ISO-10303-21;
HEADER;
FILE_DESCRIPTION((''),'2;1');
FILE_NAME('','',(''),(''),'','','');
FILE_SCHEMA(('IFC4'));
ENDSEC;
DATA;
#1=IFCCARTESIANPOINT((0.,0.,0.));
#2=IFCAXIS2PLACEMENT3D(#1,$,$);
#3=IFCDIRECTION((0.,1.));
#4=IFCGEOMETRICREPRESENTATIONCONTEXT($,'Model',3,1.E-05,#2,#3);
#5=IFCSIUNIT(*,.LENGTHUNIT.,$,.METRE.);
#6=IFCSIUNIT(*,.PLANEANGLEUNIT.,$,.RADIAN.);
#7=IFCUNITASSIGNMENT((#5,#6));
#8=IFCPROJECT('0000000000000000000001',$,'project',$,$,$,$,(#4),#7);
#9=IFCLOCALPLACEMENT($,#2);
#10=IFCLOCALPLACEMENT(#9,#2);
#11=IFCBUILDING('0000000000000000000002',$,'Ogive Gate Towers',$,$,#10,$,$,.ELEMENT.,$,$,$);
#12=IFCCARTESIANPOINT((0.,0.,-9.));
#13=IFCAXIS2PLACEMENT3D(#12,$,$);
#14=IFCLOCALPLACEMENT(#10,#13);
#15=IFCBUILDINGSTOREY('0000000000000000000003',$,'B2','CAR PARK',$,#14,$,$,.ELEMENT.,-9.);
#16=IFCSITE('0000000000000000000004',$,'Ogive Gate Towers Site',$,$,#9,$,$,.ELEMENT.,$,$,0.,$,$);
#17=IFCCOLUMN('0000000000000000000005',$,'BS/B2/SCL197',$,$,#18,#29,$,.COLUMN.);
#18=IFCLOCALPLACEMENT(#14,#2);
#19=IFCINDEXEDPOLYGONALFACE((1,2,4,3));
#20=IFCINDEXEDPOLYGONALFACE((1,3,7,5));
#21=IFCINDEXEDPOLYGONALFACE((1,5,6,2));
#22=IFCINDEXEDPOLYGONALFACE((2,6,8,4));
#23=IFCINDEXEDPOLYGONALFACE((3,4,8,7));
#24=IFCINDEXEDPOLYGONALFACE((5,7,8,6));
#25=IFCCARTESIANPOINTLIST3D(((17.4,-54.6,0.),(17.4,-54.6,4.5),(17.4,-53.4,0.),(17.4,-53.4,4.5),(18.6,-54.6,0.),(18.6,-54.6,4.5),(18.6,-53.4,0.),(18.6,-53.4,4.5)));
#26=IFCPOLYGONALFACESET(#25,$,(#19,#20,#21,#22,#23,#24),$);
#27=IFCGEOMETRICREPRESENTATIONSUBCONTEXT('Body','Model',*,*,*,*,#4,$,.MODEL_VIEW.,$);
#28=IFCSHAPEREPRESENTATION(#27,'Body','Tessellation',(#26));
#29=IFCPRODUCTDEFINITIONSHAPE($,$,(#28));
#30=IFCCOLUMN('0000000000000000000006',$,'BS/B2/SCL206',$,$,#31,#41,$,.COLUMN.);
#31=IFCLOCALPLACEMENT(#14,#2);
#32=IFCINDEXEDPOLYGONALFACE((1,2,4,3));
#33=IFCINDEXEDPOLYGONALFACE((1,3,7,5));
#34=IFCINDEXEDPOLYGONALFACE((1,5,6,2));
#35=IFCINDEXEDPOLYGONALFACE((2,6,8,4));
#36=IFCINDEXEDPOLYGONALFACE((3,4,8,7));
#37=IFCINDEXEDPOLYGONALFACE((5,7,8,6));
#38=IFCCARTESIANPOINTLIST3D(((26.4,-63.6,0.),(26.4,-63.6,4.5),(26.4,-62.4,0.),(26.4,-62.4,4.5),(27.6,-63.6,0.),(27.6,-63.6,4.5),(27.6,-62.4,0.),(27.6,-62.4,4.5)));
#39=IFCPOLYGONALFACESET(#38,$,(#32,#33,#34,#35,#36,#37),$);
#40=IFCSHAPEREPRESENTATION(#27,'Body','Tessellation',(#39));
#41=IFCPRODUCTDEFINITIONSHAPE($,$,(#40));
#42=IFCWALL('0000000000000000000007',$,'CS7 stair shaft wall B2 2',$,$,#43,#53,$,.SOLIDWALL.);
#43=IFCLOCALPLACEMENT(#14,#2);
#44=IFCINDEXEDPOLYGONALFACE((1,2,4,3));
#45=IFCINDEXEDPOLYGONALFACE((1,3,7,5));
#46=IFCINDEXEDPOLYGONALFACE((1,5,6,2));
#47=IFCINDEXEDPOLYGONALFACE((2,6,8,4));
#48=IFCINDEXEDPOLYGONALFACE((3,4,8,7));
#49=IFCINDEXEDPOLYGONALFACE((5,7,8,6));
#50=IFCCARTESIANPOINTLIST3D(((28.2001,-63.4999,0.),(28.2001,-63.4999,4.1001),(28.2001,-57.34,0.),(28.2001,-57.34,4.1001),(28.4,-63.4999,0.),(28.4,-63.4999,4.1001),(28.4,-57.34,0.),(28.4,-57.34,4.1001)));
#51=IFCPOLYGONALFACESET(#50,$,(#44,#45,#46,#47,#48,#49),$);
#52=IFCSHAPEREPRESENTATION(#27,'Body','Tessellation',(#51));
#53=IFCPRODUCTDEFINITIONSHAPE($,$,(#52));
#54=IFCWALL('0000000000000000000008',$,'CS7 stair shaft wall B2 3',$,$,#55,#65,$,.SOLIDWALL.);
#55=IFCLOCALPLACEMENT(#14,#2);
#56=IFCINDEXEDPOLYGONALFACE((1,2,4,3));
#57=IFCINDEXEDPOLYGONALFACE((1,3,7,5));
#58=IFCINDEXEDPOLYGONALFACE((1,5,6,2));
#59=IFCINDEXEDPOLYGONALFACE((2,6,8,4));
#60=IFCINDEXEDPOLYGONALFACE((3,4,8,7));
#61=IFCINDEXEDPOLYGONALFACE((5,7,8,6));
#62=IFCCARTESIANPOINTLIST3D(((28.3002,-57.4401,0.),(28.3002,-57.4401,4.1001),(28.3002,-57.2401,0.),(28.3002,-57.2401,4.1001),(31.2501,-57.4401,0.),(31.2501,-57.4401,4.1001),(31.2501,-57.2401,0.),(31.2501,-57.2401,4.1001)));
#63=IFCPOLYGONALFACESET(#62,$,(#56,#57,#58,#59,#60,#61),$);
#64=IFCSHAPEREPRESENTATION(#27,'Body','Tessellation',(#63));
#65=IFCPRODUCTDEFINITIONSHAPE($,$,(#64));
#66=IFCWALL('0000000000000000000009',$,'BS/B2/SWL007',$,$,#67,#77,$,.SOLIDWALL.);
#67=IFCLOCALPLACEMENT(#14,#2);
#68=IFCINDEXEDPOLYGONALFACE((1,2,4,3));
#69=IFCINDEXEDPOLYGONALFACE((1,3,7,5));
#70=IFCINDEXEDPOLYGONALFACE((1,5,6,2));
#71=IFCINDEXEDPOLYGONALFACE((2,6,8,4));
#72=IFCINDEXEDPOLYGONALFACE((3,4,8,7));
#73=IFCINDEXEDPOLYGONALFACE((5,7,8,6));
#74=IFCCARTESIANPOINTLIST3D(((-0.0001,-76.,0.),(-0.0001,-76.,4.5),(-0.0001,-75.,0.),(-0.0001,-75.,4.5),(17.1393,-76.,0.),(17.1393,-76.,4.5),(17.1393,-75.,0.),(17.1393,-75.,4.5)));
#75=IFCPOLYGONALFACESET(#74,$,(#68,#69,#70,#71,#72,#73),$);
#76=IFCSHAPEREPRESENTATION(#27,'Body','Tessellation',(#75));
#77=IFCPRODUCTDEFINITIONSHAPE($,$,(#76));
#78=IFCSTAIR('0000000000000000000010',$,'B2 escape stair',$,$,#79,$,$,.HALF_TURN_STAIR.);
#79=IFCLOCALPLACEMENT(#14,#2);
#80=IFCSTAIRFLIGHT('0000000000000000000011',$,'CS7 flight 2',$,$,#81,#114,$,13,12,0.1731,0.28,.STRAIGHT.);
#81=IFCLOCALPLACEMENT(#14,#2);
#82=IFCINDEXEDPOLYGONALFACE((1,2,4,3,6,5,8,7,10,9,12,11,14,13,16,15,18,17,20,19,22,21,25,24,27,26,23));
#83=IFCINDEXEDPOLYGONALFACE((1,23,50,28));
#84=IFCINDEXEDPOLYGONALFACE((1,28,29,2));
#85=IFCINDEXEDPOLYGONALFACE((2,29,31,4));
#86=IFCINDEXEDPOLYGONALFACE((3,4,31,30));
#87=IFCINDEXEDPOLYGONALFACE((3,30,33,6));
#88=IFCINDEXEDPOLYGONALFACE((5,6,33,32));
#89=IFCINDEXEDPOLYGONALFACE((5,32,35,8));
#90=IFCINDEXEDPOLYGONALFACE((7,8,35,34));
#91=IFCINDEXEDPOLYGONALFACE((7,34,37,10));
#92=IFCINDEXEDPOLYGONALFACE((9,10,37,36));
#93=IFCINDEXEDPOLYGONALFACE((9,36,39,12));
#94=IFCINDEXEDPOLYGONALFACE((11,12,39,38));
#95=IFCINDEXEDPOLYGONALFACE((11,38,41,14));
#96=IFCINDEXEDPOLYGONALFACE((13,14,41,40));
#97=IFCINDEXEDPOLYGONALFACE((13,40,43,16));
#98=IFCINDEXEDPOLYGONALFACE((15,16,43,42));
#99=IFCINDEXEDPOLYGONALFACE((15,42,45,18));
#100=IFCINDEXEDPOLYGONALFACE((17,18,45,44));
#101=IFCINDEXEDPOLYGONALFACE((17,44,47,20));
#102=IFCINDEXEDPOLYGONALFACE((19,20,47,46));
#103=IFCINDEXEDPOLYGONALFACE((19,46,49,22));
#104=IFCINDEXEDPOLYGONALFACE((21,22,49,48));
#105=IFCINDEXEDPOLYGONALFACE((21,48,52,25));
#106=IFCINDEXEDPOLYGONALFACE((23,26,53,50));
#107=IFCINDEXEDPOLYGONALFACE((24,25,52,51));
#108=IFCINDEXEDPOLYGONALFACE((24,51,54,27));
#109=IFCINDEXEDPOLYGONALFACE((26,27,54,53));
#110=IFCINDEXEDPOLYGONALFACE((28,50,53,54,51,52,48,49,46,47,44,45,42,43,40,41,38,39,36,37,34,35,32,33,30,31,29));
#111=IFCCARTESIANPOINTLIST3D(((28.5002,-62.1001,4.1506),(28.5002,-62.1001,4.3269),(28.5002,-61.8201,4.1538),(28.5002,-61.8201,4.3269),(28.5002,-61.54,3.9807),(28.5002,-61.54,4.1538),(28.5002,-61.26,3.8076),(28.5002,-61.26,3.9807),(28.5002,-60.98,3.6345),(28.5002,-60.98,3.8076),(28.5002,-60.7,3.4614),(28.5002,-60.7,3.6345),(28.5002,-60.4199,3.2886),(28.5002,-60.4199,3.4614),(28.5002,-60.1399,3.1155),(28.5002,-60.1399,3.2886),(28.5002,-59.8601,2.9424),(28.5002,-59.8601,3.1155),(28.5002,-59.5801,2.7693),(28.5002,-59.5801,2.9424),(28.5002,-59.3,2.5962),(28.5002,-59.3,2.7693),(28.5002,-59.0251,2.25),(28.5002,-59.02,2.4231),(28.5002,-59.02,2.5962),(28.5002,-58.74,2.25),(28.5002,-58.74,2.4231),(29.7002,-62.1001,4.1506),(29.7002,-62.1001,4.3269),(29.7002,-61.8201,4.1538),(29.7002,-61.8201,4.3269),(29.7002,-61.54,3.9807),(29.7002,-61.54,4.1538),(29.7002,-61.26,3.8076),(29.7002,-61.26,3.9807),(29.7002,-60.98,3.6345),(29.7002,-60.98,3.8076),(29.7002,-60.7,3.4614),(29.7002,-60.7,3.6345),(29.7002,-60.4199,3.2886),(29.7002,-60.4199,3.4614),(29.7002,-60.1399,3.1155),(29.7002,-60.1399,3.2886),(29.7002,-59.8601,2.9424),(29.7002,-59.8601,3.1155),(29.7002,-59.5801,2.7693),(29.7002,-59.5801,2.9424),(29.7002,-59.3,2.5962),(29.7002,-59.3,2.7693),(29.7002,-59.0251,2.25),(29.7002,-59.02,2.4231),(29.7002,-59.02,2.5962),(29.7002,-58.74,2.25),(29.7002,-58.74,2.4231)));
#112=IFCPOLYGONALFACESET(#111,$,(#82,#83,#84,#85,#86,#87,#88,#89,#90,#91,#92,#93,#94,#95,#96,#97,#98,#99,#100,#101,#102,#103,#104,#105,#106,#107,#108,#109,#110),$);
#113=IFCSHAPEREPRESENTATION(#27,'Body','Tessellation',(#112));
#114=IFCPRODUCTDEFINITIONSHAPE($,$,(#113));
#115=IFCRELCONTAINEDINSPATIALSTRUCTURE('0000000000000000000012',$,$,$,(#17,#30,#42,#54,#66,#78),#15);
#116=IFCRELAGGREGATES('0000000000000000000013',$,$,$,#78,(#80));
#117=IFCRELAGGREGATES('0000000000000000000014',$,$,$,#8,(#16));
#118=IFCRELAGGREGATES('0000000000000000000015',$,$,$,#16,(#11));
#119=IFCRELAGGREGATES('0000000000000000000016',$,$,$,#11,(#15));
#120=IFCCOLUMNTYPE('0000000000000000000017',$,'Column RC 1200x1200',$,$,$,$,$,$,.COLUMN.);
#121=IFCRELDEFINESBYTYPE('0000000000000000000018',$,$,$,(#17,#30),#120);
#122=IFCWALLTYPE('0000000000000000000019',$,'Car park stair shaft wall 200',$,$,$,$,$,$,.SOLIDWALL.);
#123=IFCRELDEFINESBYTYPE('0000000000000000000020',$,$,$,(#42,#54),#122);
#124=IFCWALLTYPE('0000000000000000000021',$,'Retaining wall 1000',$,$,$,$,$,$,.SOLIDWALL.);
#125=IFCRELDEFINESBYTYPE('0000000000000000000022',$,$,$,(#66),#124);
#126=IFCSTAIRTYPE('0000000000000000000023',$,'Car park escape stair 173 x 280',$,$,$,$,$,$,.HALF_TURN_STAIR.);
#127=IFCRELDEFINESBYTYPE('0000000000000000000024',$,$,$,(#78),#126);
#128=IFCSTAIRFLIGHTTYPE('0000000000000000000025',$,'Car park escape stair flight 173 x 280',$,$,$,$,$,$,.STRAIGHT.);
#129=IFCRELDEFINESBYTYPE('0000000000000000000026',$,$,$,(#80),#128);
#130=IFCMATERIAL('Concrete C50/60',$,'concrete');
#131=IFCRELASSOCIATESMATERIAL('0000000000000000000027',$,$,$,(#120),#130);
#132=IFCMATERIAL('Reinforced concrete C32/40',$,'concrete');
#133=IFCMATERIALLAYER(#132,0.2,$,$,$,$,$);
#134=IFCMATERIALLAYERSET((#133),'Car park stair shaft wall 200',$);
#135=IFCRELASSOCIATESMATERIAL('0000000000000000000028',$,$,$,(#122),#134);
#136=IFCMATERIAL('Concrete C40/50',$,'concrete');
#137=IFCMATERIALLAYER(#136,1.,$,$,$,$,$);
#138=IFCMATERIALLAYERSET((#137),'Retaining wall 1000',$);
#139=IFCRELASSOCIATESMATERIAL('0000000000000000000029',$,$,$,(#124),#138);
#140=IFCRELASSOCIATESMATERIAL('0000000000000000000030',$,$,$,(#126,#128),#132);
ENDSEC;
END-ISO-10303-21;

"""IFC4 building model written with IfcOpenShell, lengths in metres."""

from ifc_helpers import new_model, si_unit, direction, frame, frame_2d, origin, origin_2d, place, context, subcontext, project, spatial, polyline, rectangle, outline, extrude, material, layer, layer_set, material_profile, profile_set, type_object, element, aggregate, save


model = new_model("IFC4")

# Units and contexts
model_context = context("Model", 3, precision=1e-05, world=origin(), true_north=direction((0.0, 1.0)))
body_context = subcontext(model_context, "Body", "Model", "MODEL_VIEW")
ifc_project = project(units=[si_unit("LENGTHUNIT", "METRE"), si_unit("PLANEANGLEUNIT", "RADIAN")], contexts=[model_context])

# Site, building, storey
site_placement = place(None, origin())
site = spatial("IfcSite", under=ifc_project, at=site_placement, Name="Ogive Gate Towers Site", CompositionType="ELEMENT", RefElevation=0.0)
building_placement = place(site_placement, origin())
building = spatial("IfcBuilding", under=site, at=building_placement, Name="Ogive Gate Towers", CompositionType="ELEMENT")
storey_placement = place(building_placement, frame((0.0, 0.0, -9.0)))
storey = spatial("IfcBuildingStorey", under=building, at=storey_placement, Name="B2", Description="CAR PARK", CompositionType="ELEMENT", Elevation=-9.0)

# Shared definitions
ifc_material_1 = material(Name="Concrete C40/50", Category="concrete")

# Columns
ifc_material_2 = material(Name="Concrete C50/60", Category="concrete")
ifc_material_profile_1 = material_profile(ifc_material_2, rectangle(XDim=1.2, YDim=1.2, at=origin_2d()), Name="RC 1200x1200")
ifc_profile_set_1 = profile_set([ifc_material_profile_1], Name="Concrete C50/60")
column_type = type_object("IfcColumnType", Name="Column RC 1200x1200", PredefinedType="COLUMN", material=ifc_profile_set_1)
for number, where, z_axis, x_axis, name in (
    (1, (18.0, -54.0, 0.0), (0.0, 0.0, 1.0), (1.0, 0.0, 0.0), "BS/B2/SCL197"),
    (2, (27.0, -63.0, 0.0), (0.0, 0.0, 1.0), (1.0, 0.0, 0.0), "BS/B2/SCL206"),
):
    element("IfcColumn", number, at=place(storey_placement, frame(where, z_axis=z_axis, x_axis=x_axis)), inside=storey, type_object=column_type, Name=name, PredefinedType="COLUMN", context=body_context, shape_type="SweptSolid", body=[
        extrude(rectangle(XDim=1.2, YDim=1.2, at=origin_2d()), origin(), (0.0, 0.0, 1.0), 4.5),
    ])

# Walls
ifc_material_3 = material(Name="Reinforced concrete C32/40", Category="concrete")
ifc_layer_1 = layer(ifc_material_3, 0.2)
ifc_layer_set_1 = layer_set([ifc_layer_1], Name="Car park stair shaft wall 200")
wall_type_1 = type_object("IfcWallType", Name="Car park stair shaft wall 200", PredefinedType="SOLIDWALL", material=ifc_layer_set_1)
wall_1_placement = place(storey_placement, frame((28.3, -63.5, 0.0), z_axis=(0.0, 0.0, 1.0), x_axis=(0.0, 1.0, 0.0)))
element("IfcWall", 3, at=wall_1_placement, inside=storey, type_object=wall_type_1, Name="CS7 stair shaft wall B2 2", PredefinedType="SOLIDWALL", context=body_context, shape_type="SweptSolid", body=[
    extrude(rectangle(XDim=6.1599, YDim=0.2, at=frame_2d((3.0801, 0.0))), origin(), (0.0, 0.0, 1.0), 4.1001),
])
wall_2_placement = place(storey_placement, frame((28.3, -57.3401, 0.0), z_axis=(0.0, 0.0, 1.0), x_axis=(1.0, 0.0, 0.0)))
element("IfcWall", 4, at=wall_2_placement, inside=storey, type_object=wall_type_1, Name="CS7 stair shaft wall B2 3", PredefinedType="SOLIDWALL", context=body_context, shape_type="SweptSolid", body=[
    extrude(rectangle(XDim=2.95, YDim=0.2, at=frame_2d((1.4751, 0.0))), origin(), (0.0, 0.0, 1.0), 4.1001),
])
ifc_layer_2 = layer(ifc_material_1, 1.0)
ifc_layer_set_2 = layer_set([ifc_layer_2], Name="Retaining wall 1000")
wall_type_2 = type_object("IfcWallType", Name="Retaining wall 1000", PredefinedType="SOLIDWALL", material=ifc_layer_set_2)
wall_3_placement = place(storey_placement, frame((17.1394, -75.5, 0.0), z_axis=(0.0, 0.0, 1.0), x_axis=(-1.0, 0.0, 0.0)))
element("IfcWall", 5, at=wall_3_placement, inside=storey, type_object=wall_type_2, Name="BS/B2/SWL007", PredefinedType="SOLIDWALL", context=body_context, shape_type="SweptSolid", body=[
    extrude(rectangle(XDim=17.1394, YDim=1.0, at=frame_2d((8.5698, 0.0))), origin(), (0.0, 0.0, 1.0), 4.5),
])

# Stair, stair flight
stair_type = type_object("IfcStairType", Name="Car park escape stair 173 x 280", PredefinedType="HALF_TURN_STAIR", material=ifc_material_3)
stair_placement = place(storey_placement, origin())
stair = element("IfcStair", 6, at=stair_placement, inside=storey, type_object=stair_type, Name="B2 escape stair", PredefinedType="HALF_TURN_STAIR")
stair_flight_type = type_object("IfcStairFlightType", Name="Car park escape stair flight 173 x 280", PredefinedType="STRAIGHT", material=ifc_material_3)
stair_flight_placement = place(storey_placement, frame((29.1001, -58.74, 2.25), z_axis=(0.0, 0.0, 1.0), x_axis=(0.0, -1.0, 0.0)))
stair_flight = element("IfcStairFlight", 7, at=stair_flight_placement, type_object=stair_flight_type, Name="CS7 flight 2", NumberOfRisers=13, NumberOfTreads=12, PredefinedType="STRAIGHT", RiserHeight=0.1731, TreadLength=0.28, context=body_context, shape_type="SweptSolid", body=[
    extrude(outline(polyline([(0.0, 0.0), (0.0, 0.1731), (0.28, 0.1731), (0.28, 0.3462), (0.5601, 0.3462), (0.5601, 0.5193), (0.8401, 0.5193), (0.8401, 0.6924), (1.1201, 0.6924), (1.1201, 0.8655), (1.3999, 0.8655), (1.3999, 1.0386), (1.6799, 1.0386), (1.6799, 1.2114), (1.96, 1.2114), (1.96, 1.3845), (2.24, 1.3845), (2.24, 1.5576), (2.52, 1.5576), (2.52, 1.7307), (2.8, 1.7307), (2.8, 1.9038), (3.0801, 1.9038), (3.0801, 2.0769), (3.3601, 2.0769), (3.3601, 2.25), (3.3601, 1.9006), (0.2852, 0.0), (0.0, 0.0)])), frame((0.0, 0.6001, 0.0), z_axis=(0.0, -1.0, 0.0), x_axis=(1.0, 0.0, 0.0)), (0.0, 0.0, 1.0), 1.2),
])
aggregate(stair, [stair_flight])

save(model, "model.ifc")
